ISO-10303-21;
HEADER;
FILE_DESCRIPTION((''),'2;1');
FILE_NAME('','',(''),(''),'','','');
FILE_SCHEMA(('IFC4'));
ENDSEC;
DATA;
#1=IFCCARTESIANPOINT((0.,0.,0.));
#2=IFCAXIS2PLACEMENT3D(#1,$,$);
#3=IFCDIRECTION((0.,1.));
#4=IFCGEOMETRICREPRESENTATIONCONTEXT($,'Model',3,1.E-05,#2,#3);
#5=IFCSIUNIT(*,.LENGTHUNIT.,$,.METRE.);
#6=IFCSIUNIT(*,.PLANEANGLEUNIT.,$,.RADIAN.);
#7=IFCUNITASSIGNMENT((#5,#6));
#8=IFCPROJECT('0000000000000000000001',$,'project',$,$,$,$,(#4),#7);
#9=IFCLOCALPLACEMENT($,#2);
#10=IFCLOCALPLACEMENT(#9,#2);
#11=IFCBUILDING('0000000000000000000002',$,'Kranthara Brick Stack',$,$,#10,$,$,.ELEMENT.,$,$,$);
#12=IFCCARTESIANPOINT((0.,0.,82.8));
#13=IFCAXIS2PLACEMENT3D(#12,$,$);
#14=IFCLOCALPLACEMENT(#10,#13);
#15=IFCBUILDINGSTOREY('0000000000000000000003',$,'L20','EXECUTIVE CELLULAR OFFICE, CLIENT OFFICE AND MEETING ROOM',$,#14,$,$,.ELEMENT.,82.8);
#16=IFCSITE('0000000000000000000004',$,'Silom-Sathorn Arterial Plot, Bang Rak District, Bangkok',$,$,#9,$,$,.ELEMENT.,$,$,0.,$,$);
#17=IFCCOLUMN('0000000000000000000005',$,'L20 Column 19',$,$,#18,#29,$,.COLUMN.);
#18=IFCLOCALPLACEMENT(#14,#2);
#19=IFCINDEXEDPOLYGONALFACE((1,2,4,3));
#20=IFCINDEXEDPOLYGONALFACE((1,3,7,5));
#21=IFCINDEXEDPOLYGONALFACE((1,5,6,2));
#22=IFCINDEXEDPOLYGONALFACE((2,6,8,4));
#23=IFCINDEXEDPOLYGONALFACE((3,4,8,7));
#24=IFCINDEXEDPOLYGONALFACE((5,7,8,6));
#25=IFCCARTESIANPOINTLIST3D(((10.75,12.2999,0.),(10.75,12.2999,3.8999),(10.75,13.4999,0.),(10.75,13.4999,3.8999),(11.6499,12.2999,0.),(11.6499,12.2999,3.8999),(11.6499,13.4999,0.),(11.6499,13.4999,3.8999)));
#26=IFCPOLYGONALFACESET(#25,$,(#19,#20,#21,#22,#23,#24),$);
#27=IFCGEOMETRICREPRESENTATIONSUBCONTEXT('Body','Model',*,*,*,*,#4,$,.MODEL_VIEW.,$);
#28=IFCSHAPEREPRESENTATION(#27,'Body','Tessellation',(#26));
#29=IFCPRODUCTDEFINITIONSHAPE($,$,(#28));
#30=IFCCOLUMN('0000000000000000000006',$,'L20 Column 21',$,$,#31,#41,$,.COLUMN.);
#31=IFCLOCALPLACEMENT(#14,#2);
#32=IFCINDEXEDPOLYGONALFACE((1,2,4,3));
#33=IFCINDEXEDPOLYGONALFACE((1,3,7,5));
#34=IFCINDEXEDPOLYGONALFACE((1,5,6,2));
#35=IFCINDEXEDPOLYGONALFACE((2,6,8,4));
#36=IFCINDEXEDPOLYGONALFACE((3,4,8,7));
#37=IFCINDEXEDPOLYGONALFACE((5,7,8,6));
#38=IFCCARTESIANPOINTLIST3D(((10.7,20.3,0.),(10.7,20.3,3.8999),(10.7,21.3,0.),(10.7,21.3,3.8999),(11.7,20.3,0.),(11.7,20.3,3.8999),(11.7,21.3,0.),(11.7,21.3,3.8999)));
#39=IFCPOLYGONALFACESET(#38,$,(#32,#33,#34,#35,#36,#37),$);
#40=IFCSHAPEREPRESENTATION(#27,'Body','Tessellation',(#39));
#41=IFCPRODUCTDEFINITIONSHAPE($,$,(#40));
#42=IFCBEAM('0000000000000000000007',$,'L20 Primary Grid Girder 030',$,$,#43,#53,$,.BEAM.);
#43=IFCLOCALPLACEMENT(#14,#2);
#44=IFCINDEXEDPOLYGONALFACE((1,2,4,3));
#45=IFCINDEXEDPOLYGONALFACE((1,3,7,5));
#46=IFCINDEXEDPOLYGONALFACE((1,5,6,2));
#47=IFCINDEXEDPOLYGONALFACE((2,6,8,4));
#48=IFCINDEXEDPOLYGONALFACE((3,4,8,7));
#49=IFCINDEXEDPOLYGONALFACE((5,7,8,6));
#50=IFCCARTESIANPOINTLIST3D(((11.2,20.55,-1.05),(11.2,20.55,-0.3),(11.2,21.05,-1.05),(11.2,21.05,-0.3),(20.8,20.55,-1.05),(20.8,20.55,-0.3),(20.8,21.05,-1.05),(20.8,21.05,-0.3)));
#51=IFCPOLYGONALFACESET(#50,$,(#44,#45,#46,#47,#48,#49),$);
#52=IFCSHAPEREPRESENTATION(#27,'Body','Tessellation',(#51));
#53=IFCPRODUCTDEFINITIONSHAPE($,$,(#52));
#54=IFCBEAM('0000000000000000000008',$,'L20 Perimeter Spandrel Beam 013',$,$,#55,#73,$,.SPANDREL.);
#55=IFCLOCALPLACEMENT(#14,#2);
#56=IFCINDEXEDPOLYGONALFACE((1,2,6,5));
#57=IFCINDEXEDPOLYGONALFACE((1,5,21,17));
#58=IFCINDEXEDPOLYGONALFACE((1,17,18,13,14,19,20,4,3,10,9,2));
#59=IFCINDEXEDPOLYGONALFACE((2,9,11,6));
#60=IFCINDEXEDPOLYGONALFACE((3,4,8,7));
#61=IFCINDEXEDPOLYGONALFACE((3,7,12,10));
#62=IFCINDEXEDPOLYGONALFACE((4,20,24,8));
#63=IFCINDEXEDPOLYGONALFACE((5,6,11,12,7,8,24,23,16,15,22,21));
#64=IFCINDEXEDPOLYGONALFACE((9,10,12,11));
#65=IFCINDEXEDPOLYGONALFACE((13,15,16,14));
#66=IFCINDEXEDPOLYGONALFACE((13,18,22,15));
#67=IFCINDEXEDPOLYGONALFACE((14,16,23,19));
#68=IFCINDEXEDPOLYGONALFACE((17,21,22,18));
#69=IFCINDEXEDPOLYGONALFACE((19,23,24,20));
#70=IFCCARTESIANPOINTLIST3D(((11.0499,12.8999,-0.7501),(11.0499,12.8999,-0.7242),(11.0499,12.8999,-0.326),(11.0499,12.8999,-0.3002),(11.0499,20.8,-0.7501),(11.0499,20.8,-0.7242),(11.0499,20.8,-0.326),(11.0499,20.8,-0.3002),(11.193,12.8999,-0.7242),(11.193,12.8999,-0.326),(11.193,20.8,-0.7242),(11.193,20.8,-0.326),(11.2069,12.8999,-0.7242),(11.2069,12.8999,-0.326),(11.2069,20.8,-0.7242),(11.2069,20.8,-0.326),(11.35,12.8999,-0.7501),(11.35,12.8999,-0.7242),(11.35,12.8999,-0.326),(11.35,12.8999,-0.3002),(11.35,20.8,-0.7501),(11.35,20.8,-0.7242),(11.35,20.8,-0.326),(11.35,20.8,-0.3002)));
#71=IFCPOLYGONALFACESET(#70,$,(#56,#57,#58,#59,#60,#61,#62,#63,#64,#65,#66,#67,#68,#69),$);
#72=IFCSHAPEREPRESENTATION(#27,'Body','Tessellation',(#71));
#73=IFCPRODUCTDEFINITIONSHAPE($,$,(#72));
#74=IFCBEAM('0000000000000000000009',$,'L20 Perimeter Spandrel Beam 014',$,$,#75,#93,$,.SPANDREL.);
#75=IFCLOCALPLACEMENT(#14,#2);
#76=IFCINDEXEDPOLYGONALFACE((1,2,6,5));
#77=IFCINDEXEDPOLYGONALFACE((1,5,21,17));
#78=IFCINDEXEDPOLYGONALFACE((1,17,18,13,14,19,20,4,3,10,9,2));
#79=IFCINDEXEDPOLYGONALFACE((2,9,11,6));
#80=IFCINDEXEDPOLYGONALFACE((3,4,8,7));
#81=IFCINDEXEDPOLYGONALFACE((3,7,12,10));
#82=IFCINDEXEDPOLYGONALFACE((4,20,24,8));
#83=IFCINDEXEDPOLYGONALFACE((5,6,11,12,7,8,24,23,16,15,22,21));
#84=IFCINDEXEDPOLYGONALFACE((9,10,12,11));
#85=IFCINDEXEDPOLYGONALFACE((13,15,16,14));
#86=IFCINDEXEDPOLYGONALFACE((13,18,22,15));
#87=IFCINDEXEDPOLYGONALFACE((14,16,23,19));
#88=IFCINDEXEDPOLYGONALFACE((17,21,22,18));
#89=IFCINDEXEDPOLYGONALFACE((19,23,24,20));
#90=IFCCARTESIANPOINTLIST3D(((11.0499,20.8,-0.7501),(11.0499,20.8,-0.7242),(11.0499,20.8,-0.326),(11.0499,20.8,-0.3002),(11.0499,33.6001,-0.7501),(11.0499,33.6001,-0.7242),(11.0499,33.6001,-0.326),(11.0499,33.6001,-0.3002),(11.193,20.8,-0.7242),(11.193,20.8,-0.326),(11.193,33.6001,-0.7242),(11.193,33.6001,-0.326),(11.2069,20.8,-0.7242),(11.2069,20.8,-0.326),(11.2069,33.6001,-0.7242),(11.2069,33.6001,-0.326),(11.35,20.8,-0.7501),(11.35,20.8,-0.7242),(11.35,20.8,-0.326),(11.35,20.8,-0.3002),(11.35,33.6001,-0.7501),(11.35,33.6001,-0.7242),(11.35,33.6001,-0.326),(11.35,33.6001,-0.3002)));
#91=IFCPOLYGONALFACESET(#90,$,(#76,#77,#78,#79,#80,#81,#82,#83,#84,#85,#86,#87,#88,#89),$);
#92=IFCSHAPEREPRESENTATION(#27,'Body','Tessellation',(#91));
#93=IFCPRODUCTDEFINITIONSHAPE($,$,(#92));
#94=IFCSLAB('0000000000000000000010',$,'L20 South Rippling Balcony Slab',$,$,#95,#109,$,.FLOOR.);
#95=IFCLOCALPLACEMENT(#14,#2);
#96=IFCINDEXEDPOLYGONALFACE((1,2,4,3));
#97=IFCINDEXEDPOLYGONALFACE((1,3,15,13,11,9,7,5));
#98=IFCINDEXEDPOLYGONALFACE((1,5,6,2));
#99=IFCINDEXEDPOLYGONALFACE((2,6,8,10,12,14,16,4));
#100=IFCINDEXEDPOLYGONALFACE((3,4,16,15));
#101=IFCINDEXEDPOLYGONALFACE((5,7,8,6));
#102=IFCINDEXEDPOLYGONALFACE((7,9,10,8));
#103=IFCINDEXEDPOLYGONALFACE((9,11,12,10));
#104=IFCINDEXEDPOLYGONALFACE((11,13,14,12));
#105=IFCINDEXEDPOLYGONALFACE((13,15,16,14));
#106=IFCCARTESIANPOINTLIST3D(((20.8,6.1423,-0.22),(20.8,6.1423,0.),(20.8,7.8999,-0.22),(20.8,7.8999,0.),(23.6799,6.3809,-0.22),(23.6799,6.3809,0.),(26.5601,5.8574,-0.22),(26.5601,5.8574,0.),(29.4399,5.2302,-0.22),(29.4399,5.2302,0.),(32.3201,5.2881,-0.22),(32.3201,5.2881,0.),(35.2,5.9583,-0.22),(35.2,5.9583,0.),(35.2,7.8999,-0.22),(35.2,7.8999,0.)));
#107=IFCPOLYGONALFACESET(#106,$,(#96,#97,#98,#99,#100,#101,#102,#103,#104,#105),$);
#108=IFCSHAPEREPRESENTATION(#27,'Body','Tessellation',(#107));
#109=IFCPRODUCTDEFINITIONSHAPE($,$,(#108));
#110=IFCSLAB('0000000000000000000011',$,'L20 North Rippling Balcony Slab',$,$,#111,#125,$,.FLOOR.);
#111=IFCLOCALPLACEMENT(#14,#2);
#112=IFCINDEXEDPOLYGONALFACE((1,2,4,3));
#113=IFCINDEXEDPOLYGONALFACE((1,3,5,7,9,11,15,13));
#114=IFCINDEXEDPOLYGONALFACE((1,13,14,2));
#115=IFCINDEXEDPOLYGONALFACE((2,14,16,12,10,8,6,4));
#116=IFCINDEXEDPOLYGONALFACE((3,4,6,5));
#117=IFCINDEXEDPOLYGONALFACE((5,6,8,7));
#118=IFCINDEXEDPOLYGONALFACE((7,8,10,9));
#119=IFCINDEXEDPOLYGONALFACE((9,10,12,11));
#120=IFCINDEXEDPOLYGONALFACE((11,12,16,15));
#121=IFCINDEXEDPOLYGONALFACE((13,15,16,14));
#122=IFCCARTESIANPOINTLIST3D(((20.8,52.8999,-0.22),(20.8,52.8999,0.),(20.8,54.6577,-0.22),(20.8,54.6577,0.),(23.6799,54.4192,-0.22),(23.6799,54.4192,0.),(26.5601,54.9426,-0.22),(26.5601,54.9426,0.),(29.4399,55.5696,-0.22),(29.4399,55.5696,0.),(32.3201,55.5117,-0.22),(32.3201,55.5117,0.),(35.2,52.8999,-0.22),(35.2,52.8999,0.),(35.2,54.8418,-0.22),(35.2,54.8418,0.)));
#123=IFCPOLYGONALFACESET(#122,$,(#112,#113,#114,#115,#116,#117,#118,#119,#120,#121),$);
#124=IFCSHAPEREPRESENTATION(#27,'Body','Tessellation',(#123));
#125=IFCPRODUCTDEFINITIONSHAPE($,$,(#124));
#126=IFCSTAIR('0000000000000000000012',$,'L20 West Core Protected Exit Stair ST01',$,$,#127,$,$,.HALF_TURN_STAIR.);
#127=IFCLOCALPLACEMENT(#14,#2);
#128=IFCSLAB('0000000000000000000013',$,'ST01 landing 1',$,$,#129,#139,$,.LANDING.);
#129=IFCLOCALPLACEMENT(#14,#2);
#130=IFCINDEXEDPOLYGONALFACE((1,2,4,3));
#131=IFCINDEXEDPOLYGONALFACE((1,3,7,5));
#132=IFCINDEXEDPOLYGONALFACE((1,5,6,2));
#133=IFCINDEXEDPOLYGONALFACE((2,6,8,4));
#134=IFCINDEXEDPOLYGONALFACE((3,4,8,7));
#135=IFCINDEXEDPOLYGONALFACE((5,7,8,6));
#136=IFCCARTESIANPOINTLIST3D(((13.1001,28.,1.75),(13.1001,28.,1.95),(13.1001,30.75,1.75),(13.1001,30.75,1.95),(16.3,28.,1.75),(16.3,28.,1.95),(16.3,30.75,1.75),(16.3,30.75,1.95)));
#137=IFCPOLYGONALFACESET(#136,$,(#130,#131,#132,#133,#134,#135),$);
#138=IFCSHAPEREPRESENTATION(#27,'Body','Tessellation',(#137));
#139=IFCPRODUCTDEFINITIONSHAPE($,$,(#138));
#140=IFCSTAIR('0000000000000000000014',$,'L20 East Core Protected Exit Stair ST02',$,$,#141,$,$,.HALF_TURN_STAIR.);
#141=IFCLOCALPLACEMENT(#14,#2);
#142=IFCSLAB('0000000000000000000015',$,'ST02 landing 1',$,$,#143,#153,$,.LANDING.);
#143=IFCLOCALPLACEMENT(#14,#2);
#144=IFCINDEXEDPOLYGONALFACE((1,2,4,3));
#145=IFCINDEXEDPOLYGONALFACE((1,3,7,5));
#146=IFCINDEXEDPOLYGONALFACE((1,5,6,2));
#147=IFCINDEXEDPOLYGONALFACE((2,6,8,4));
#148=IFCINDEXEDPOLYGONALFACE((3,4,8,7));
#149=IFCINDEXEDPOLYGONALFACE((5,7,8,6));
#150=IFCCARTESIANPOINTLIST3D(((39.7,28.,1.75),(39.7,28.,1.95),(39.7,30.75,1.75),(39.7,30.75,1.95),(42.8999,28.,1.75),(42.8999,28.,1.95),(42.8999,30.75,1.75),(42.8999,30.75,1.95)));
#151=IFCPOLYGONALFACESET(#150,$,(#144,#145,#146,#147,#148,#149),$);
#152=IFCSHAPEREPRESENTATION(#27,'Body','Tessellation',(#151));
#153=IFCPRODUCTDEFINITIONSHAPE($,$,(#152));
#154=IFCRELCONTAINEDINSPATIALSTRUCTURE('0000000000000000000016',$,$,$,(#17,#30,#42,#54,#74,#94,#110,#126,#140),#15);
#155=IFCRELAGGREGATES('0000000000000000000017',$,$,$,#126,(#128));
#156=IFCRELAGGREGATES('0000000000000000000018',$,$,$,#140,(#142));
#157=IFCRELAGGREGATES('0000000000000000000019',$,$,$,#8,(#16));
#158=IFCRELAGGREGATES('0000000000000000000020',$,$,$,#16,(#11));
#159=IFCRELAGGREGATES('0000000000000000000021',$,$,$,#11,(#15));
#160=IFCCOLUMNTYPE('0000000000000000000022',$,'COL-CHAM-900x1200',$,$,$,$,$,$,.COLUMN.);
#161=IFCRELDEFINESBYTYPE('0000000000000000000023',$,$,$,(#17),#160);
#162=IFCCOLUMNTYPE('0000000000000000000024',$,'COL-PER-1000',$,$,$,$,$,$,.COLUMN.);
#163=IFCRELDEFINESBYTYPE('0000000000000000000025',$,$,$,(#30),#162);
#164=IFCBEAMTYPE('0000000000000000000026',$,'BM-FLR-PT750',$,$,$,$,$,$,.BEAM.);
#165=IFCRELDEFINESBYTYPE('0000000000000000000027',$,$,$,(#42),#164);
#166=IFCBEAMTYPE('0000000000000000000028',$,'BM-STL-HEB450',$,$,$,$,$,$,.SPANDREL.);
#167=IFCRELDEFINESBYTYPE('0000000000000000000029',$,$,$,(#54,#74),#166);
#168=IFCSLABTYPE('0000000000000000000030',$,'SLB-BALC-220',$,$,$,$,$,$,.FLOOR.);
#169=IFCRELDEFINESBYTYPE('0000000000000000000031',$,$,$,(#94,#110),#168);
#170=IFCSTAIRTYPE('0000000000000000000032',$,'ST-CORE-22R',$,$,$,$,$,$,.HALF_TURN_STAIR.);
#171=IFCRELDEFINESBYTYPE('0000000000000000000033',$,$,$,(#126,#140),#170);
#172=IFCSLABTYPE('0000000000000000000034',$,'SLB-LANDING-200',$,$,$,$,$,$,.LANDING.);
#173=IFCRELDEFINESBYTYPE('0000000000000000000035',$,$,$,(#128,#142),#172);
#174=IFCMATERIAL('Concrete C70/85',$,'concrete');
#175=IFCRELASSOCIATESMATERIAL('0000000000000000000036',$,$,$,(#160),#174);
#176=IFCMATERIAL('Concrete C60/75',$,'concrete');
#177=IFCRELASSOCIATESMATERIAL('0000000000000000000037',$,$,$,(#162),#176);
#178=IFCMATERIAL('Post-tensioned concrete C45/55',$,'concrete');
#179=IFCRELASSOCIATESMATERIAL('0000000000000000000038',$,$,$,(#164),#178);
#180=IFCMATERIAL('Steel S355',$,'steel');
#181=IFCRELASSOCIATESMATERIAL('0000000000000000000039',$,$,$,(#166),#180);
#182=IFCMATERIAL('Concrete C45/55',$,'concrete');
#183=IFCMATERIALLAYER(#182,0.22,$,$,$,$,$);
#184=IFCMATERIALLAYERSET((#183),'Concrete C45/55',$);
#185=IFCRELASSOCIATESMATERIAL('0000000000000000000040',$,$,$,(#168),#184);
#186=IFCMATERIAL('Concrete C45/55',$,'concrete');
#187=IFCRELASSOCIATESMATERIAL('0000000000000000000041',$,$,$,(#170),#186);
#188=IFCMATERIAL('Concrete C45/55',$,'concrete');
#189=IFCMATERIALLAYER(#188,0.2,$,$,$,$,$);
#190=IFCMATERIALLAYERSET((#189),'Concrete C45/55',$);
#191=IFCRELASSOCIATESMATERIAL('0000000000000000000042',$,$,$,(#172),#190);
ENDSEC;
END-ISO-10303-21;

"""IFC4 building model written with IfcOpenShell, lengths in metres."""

from ifc_helpers import new_model, si_unit, direction, frame, origin, origin_2d, place, context, subcontext, project, spatial, polyline, rectangle, i_section, outline, extrude, material, layer, layer_set, material_profile, profile_set, type_object, element, aggregate, save


model = new_model("IFC4")

# Units and contexts
model_context = context("Model", 3, precision=1e-05, world=origin(), true_north=direction((0.0, 1.0)))
body_context = subcontext(model_context, "Body", "Model", "MODEL_VIEW")
ifc_project = project(units=[si_unit("LENGTHUNIT", "METRE"), si_unit("PLANEANGLEUNIT", "RADIAN")], contexts=[model_context])

# Site, building, storey
site_placement = place(None, origin())
site = spatial("IfcSite", under=ifc_project, at=site_placement, Name="Silom-Sathorn Arterial Plot, Bang Rak District, Bangkok", CompositionType="ELEMENT", RefElevation=0.0)
building_placement = place(site_placement, origin())
building = spatial("IfcBuilding", under=site, at=building_placement, Name="Kranthara Brick Stack", CompositionType="ELEMENT")
storey_placement = place(building_placement, frame((0.0, 0.0, 82.8)))
storey = spatial("IfcBuildingStorey", under=building, at=storey_placement, Name="L20", Description="EXECUTIVE CELLULAR OFFICE, CLIENT OFFICE AND MEETING ROOM", CompositionType="ELEMENT", Elevation=82.8)

# Columns
ifc_material_1 = material(Name="Concrete C70/85", Category="concrete")
ifc_material_profile_1 = material_profile(ifc_material_1, rectangle(XDim=0.8999, YDim=1.2, at=origin_2d()), Name="RC 900x1200")
ifc_profile_set_1 = profile_set([ifc_material_profile_1], Name="Concrete C70/85")
column_type_1 = type_object("IfcColumnType", Name="COL-CHAM-900x1200", PredefinedType="COLUMN", material=ifc_profile_set_1)
column_1_placement = place(storey_placement, frame((11.2, 12.8999, 0.0), z_axis=(0.0, 0.0, 1.0), x_axis=(1.0, 0.0, 0.0)))
element("IfcColumn", 1, at=column_1_placement, inside=storey, type_object=column_type_1, Name="L20 Column 19", PredefinedType="COLUMN", context=body_context, shape_type="SweptSolid", body=[
    extrude(rectangle(XDim=0.8999, YDim=1.2, at=origin_2d()), origin(), (0.0, 0.0, 1.0), 3.8999),
])
ifc_material_2 = material(Name="Concrete C60/75", Category="concrete")
ifc_material_profile_2 = material_profile(ifc_material_2, rectangle(XDim=1.0, YDim=1.0, at=origin_2d()), Name="RC 1000x1000")
ifc_profile_set_2 = profile_set([ifc_material_profile_2], Name="Concrete C60/75")
column_type_2 = type_object("IfcColumnType", Name="COL-PER-1000", PredefinedType="COLUMN", material=ifc_profile_set_2)
column_2_placement = place(storey_placement, frame((11.2, 20.8, 0.0), z_axis=(0.0, 0.0, 1.0), x_axis=(1.0, 0.0, 0.0)))
element("IfcColumn", 2, at=column_2_placement, inside=storey, type_object=column_type_2, Name="L20 Column 21", PredefinedType="COLUMN", context=body_context, shape_type="SweptSolid", body=[
    extrude(rectangle(XDim=1.0, YDim=1.0, at=origin_2d()), origin(), (0.0, 0.0, 1.0), 3.8999),
])

# Beams
ifc_material_3 = material(Name="Post-tensioned concrete C45/55", Category="concrete")
ifc_material_profile_3 = material_profile(ifc_material_3, rectangle(XDim=0.5, YDim=0.75, at=origin_2d()), Name="PT 500x750")
ifc_profile_set_3 = profile_set([ifc_material_profile_3], Name="Post-tensioned concrete C45/55")
beam_type_1 = type_object("IfcBeamType", Name="BM-FLR-PT750", PredefinedType="BEAM", material=ifc_profile_set_3)
beam_1_placement = place(storey_placement, frame((11.2, 20.8, -0.675), z_axis=(1.0, 0.0, 0.0), x_axis=(0.0, 1.0, 0.0)))
element("IfcBeam", 3, at=beam_1_placement, inside=storey, type_object=beam_type_1, Name="L20 Primary Grid Girder 030", PredefinedType="BEAM", context=body_context, shape_type="SweptSolid", body=[
    extrude(rectangle(XDim=0.5, YDim=0.75, at=origin_2d()), origin(), (0.0, 0.0, 1.0), 9.6001),
])
ifc_material_4 = material(Name="Steel S355", Category="steel")
ifc_material_profile_4 = material_profile(ifc_material_4, i_section(OverallWidth=0.3, OverallDepth=0.45, WebThickness=0.0139, FlangeThickness=0.0259, at=origin_2d()), Name="HEB 450")
ifc_profile_set_4 = profile_set([ifc_material_profile_4], Name="Steel S355")
beam_type_2 = type_object("IfcBeamType", Name="BM-STL-HEB450", PredefinedType="SPANDREL", material=ifc_profile_set_4)
beam_2_placement = place(storey_placement, frame((11.2, 12.8999, -0.5251), z_axis=(0.0, 1.0, 0.0), x_axis=(-1.0, 0.0, 0.0)))
element("IfcBeam", 4, at=beam_2_placement, inside=storey, type_object=beam_type_2, Name="L20 Perimeter Spandrel Beam 013", PredefinedType="SPANDREL", context=body_context, shape_type="SweptSolid", body=[
    extrude(i_section(OverallWidth=0.3, OverallDepth=0.45, WebThickness=0.0139, FlangeThickness=0.0259, at=origin_2d()), origin(), (0.0, 0.0, 1.0), 7.9001),
])
beam_3_placement = place(storey_placement, frame((11.2, 20.8, -0.5251), z_axis=(0.0, 1.0, 0.0), x_axis=(-1.0, 0.0, 0.0)))
element("IfcBeam", 5, at=beam_3_placement, inside=storey, type_object=beam_type_2, Name="L20 Perimeter Spandrel Beam 014", PredefinedType="SPANDREL", context=body_context, shape_type="SweptSolid", body=[
    extrude(i_section(OverallWidth=0.3, OverallDepth=0.45, WebThickness=0.0139, FlangeThickness=0.0259, at=origin_2d()), origin(), (0.0, 0.0, 1.0), 12.8),
])

# Slabs
ifc_material_5 = material(Name="Concrete C45/55", Category="concrete")
ifc_layer_1 = layer(ifc_material_5, 0.22)
ifc_layer_set_1 = layer_set([ifc_layer_1], Name="Concrete C45/55")
slab_type_1 = type_object("IfcSlabType", Name="SLB-BALC-220", PredefinedType="FLOOR", material=ifc_layer_set_1)
slab_1_placement = place(storey_placement, frame((0.0, 0.0, -0.22)))
element("IfcSlab", 6, at=slab_1_placement, inside=storey, type_object=slab_type_1, Name="L20 South Rippling Balcony Slab", PredefinedType="FLOOR", context=body_context, shape_type="SweptSolid", body=[
    extrude(outline(polyline([(20.8, 7.8999), (35.2, 7.8999), (35.2, 5.9583), (32.3201, 5.2881), (29.4399, 5.2302), (26.5601, 5.8574), (23.6799, 6.3809), (20.8, 6.1423), (20.8, 7.8999)])), origin(), (0.0, 0.0, 1.0), 0.22),
])
slab_2_placement = place(storey_placement, frame((0.0, 0.0, -0.22)))
element("IfcSlab", 7, at=slab_2_placement, inside=storey, type_object=slab_type_1, Name="L20 North Rippling Balcony Slab", PredefinedType="FLOOR", context=body_context, shape_type="SweptSolid", body=[
    extrude(outline(polyline([(35.2, 52.8999), (20.8, 52.8999), (20.8, 54.6577), (23.6799, 54.4192), (26.5601, 54.9426), (29.4399, 55.5696), (32.3201, 55.5117), (35.2, 54.8418), (35.2, 52.8999)])), origin(), (0.0, 0.0, 1.0), 0.22),
])

# Stairs, slabs
ifc_material_6 = material(Name="Concrete C45/55", Category="concrete")
stair_type = type_object("IfcStairType", Name="ST-CORE-22R", PredefinedType="HALF_TURN_STAIR", material=ifc_material_6)
stair_1_placement = place(storey_placement, origin())
stair_1 = element("IfcStair", 8, at=stair_1_placement, inside=storey, type_object=stair_type, Name="L20 West Core Protected Exit Stair ST01", PredefinedType="HALF_TURN_STAIR")
ifc_material_7 = material(Name="Concrete C45/55", Category="concrete")
ifc_layer_2 = layer(ifc_material_7, 0.2)
ifc_layer_set_2 = layer_set([ifc_layer_2], Name="Concrete C45/55")
slab_type_2 = type_object("IfcSlabType", Name="SLB-LANDING-200", PredefinedType="LANDING", material=ifc_layer_set_2)
slab_3_placement = place(storey_placement, frame((0.0, 0.0, 1.75)))
slab_3 = element("IfcSlab", 9, at=slab_3_placement, type_object=slab_type_2, Name="ST01 landing 1", PredefinedType="LANDING", context=body_context, shape_type="SweptSolid", body=[
    extrude(outline(polyline([(16.3, 28.0), (16.3, 30.75), (13.1001, 30.75), (13.1001, 28.0), (16.3, 28.0)])), origin(), (0.0, 0.0, 1.0), 0.2),
])
aggregate(stair_1, [slab_3])
stair_2_placement = place(storey_placement, origin())
stair_2 = element("IfcStair", 10, at=stair_2_placement, inside=storey, type_object=stair_type, Name="L20 East Core Protected Exit Stair ST02", PredefinedType="HALF_TURN_STAIR")
slab_4_placement = place(storey_placement, frame((0.0, 0.0, 1.75)))
slab_4 = element("IfcSlab", 11, at=slab_4_placement, type_object=slab_type_2, Name="ST02 landing 1", PredefinedType="LANDING", context=body_context, shape_type="SweptSolid", body=[
    extrude(outline(polyline([(42.8999, 28.0), (42.8999, 30.75), (39.7, 30.75), (39.7, 28.0), (42.8999, 28.0)])), origin(), (0.0, 0.0, 1.0), 0.2),
])
aggregate(stair_2, [slab_4])

save(model, "model.ifc")
